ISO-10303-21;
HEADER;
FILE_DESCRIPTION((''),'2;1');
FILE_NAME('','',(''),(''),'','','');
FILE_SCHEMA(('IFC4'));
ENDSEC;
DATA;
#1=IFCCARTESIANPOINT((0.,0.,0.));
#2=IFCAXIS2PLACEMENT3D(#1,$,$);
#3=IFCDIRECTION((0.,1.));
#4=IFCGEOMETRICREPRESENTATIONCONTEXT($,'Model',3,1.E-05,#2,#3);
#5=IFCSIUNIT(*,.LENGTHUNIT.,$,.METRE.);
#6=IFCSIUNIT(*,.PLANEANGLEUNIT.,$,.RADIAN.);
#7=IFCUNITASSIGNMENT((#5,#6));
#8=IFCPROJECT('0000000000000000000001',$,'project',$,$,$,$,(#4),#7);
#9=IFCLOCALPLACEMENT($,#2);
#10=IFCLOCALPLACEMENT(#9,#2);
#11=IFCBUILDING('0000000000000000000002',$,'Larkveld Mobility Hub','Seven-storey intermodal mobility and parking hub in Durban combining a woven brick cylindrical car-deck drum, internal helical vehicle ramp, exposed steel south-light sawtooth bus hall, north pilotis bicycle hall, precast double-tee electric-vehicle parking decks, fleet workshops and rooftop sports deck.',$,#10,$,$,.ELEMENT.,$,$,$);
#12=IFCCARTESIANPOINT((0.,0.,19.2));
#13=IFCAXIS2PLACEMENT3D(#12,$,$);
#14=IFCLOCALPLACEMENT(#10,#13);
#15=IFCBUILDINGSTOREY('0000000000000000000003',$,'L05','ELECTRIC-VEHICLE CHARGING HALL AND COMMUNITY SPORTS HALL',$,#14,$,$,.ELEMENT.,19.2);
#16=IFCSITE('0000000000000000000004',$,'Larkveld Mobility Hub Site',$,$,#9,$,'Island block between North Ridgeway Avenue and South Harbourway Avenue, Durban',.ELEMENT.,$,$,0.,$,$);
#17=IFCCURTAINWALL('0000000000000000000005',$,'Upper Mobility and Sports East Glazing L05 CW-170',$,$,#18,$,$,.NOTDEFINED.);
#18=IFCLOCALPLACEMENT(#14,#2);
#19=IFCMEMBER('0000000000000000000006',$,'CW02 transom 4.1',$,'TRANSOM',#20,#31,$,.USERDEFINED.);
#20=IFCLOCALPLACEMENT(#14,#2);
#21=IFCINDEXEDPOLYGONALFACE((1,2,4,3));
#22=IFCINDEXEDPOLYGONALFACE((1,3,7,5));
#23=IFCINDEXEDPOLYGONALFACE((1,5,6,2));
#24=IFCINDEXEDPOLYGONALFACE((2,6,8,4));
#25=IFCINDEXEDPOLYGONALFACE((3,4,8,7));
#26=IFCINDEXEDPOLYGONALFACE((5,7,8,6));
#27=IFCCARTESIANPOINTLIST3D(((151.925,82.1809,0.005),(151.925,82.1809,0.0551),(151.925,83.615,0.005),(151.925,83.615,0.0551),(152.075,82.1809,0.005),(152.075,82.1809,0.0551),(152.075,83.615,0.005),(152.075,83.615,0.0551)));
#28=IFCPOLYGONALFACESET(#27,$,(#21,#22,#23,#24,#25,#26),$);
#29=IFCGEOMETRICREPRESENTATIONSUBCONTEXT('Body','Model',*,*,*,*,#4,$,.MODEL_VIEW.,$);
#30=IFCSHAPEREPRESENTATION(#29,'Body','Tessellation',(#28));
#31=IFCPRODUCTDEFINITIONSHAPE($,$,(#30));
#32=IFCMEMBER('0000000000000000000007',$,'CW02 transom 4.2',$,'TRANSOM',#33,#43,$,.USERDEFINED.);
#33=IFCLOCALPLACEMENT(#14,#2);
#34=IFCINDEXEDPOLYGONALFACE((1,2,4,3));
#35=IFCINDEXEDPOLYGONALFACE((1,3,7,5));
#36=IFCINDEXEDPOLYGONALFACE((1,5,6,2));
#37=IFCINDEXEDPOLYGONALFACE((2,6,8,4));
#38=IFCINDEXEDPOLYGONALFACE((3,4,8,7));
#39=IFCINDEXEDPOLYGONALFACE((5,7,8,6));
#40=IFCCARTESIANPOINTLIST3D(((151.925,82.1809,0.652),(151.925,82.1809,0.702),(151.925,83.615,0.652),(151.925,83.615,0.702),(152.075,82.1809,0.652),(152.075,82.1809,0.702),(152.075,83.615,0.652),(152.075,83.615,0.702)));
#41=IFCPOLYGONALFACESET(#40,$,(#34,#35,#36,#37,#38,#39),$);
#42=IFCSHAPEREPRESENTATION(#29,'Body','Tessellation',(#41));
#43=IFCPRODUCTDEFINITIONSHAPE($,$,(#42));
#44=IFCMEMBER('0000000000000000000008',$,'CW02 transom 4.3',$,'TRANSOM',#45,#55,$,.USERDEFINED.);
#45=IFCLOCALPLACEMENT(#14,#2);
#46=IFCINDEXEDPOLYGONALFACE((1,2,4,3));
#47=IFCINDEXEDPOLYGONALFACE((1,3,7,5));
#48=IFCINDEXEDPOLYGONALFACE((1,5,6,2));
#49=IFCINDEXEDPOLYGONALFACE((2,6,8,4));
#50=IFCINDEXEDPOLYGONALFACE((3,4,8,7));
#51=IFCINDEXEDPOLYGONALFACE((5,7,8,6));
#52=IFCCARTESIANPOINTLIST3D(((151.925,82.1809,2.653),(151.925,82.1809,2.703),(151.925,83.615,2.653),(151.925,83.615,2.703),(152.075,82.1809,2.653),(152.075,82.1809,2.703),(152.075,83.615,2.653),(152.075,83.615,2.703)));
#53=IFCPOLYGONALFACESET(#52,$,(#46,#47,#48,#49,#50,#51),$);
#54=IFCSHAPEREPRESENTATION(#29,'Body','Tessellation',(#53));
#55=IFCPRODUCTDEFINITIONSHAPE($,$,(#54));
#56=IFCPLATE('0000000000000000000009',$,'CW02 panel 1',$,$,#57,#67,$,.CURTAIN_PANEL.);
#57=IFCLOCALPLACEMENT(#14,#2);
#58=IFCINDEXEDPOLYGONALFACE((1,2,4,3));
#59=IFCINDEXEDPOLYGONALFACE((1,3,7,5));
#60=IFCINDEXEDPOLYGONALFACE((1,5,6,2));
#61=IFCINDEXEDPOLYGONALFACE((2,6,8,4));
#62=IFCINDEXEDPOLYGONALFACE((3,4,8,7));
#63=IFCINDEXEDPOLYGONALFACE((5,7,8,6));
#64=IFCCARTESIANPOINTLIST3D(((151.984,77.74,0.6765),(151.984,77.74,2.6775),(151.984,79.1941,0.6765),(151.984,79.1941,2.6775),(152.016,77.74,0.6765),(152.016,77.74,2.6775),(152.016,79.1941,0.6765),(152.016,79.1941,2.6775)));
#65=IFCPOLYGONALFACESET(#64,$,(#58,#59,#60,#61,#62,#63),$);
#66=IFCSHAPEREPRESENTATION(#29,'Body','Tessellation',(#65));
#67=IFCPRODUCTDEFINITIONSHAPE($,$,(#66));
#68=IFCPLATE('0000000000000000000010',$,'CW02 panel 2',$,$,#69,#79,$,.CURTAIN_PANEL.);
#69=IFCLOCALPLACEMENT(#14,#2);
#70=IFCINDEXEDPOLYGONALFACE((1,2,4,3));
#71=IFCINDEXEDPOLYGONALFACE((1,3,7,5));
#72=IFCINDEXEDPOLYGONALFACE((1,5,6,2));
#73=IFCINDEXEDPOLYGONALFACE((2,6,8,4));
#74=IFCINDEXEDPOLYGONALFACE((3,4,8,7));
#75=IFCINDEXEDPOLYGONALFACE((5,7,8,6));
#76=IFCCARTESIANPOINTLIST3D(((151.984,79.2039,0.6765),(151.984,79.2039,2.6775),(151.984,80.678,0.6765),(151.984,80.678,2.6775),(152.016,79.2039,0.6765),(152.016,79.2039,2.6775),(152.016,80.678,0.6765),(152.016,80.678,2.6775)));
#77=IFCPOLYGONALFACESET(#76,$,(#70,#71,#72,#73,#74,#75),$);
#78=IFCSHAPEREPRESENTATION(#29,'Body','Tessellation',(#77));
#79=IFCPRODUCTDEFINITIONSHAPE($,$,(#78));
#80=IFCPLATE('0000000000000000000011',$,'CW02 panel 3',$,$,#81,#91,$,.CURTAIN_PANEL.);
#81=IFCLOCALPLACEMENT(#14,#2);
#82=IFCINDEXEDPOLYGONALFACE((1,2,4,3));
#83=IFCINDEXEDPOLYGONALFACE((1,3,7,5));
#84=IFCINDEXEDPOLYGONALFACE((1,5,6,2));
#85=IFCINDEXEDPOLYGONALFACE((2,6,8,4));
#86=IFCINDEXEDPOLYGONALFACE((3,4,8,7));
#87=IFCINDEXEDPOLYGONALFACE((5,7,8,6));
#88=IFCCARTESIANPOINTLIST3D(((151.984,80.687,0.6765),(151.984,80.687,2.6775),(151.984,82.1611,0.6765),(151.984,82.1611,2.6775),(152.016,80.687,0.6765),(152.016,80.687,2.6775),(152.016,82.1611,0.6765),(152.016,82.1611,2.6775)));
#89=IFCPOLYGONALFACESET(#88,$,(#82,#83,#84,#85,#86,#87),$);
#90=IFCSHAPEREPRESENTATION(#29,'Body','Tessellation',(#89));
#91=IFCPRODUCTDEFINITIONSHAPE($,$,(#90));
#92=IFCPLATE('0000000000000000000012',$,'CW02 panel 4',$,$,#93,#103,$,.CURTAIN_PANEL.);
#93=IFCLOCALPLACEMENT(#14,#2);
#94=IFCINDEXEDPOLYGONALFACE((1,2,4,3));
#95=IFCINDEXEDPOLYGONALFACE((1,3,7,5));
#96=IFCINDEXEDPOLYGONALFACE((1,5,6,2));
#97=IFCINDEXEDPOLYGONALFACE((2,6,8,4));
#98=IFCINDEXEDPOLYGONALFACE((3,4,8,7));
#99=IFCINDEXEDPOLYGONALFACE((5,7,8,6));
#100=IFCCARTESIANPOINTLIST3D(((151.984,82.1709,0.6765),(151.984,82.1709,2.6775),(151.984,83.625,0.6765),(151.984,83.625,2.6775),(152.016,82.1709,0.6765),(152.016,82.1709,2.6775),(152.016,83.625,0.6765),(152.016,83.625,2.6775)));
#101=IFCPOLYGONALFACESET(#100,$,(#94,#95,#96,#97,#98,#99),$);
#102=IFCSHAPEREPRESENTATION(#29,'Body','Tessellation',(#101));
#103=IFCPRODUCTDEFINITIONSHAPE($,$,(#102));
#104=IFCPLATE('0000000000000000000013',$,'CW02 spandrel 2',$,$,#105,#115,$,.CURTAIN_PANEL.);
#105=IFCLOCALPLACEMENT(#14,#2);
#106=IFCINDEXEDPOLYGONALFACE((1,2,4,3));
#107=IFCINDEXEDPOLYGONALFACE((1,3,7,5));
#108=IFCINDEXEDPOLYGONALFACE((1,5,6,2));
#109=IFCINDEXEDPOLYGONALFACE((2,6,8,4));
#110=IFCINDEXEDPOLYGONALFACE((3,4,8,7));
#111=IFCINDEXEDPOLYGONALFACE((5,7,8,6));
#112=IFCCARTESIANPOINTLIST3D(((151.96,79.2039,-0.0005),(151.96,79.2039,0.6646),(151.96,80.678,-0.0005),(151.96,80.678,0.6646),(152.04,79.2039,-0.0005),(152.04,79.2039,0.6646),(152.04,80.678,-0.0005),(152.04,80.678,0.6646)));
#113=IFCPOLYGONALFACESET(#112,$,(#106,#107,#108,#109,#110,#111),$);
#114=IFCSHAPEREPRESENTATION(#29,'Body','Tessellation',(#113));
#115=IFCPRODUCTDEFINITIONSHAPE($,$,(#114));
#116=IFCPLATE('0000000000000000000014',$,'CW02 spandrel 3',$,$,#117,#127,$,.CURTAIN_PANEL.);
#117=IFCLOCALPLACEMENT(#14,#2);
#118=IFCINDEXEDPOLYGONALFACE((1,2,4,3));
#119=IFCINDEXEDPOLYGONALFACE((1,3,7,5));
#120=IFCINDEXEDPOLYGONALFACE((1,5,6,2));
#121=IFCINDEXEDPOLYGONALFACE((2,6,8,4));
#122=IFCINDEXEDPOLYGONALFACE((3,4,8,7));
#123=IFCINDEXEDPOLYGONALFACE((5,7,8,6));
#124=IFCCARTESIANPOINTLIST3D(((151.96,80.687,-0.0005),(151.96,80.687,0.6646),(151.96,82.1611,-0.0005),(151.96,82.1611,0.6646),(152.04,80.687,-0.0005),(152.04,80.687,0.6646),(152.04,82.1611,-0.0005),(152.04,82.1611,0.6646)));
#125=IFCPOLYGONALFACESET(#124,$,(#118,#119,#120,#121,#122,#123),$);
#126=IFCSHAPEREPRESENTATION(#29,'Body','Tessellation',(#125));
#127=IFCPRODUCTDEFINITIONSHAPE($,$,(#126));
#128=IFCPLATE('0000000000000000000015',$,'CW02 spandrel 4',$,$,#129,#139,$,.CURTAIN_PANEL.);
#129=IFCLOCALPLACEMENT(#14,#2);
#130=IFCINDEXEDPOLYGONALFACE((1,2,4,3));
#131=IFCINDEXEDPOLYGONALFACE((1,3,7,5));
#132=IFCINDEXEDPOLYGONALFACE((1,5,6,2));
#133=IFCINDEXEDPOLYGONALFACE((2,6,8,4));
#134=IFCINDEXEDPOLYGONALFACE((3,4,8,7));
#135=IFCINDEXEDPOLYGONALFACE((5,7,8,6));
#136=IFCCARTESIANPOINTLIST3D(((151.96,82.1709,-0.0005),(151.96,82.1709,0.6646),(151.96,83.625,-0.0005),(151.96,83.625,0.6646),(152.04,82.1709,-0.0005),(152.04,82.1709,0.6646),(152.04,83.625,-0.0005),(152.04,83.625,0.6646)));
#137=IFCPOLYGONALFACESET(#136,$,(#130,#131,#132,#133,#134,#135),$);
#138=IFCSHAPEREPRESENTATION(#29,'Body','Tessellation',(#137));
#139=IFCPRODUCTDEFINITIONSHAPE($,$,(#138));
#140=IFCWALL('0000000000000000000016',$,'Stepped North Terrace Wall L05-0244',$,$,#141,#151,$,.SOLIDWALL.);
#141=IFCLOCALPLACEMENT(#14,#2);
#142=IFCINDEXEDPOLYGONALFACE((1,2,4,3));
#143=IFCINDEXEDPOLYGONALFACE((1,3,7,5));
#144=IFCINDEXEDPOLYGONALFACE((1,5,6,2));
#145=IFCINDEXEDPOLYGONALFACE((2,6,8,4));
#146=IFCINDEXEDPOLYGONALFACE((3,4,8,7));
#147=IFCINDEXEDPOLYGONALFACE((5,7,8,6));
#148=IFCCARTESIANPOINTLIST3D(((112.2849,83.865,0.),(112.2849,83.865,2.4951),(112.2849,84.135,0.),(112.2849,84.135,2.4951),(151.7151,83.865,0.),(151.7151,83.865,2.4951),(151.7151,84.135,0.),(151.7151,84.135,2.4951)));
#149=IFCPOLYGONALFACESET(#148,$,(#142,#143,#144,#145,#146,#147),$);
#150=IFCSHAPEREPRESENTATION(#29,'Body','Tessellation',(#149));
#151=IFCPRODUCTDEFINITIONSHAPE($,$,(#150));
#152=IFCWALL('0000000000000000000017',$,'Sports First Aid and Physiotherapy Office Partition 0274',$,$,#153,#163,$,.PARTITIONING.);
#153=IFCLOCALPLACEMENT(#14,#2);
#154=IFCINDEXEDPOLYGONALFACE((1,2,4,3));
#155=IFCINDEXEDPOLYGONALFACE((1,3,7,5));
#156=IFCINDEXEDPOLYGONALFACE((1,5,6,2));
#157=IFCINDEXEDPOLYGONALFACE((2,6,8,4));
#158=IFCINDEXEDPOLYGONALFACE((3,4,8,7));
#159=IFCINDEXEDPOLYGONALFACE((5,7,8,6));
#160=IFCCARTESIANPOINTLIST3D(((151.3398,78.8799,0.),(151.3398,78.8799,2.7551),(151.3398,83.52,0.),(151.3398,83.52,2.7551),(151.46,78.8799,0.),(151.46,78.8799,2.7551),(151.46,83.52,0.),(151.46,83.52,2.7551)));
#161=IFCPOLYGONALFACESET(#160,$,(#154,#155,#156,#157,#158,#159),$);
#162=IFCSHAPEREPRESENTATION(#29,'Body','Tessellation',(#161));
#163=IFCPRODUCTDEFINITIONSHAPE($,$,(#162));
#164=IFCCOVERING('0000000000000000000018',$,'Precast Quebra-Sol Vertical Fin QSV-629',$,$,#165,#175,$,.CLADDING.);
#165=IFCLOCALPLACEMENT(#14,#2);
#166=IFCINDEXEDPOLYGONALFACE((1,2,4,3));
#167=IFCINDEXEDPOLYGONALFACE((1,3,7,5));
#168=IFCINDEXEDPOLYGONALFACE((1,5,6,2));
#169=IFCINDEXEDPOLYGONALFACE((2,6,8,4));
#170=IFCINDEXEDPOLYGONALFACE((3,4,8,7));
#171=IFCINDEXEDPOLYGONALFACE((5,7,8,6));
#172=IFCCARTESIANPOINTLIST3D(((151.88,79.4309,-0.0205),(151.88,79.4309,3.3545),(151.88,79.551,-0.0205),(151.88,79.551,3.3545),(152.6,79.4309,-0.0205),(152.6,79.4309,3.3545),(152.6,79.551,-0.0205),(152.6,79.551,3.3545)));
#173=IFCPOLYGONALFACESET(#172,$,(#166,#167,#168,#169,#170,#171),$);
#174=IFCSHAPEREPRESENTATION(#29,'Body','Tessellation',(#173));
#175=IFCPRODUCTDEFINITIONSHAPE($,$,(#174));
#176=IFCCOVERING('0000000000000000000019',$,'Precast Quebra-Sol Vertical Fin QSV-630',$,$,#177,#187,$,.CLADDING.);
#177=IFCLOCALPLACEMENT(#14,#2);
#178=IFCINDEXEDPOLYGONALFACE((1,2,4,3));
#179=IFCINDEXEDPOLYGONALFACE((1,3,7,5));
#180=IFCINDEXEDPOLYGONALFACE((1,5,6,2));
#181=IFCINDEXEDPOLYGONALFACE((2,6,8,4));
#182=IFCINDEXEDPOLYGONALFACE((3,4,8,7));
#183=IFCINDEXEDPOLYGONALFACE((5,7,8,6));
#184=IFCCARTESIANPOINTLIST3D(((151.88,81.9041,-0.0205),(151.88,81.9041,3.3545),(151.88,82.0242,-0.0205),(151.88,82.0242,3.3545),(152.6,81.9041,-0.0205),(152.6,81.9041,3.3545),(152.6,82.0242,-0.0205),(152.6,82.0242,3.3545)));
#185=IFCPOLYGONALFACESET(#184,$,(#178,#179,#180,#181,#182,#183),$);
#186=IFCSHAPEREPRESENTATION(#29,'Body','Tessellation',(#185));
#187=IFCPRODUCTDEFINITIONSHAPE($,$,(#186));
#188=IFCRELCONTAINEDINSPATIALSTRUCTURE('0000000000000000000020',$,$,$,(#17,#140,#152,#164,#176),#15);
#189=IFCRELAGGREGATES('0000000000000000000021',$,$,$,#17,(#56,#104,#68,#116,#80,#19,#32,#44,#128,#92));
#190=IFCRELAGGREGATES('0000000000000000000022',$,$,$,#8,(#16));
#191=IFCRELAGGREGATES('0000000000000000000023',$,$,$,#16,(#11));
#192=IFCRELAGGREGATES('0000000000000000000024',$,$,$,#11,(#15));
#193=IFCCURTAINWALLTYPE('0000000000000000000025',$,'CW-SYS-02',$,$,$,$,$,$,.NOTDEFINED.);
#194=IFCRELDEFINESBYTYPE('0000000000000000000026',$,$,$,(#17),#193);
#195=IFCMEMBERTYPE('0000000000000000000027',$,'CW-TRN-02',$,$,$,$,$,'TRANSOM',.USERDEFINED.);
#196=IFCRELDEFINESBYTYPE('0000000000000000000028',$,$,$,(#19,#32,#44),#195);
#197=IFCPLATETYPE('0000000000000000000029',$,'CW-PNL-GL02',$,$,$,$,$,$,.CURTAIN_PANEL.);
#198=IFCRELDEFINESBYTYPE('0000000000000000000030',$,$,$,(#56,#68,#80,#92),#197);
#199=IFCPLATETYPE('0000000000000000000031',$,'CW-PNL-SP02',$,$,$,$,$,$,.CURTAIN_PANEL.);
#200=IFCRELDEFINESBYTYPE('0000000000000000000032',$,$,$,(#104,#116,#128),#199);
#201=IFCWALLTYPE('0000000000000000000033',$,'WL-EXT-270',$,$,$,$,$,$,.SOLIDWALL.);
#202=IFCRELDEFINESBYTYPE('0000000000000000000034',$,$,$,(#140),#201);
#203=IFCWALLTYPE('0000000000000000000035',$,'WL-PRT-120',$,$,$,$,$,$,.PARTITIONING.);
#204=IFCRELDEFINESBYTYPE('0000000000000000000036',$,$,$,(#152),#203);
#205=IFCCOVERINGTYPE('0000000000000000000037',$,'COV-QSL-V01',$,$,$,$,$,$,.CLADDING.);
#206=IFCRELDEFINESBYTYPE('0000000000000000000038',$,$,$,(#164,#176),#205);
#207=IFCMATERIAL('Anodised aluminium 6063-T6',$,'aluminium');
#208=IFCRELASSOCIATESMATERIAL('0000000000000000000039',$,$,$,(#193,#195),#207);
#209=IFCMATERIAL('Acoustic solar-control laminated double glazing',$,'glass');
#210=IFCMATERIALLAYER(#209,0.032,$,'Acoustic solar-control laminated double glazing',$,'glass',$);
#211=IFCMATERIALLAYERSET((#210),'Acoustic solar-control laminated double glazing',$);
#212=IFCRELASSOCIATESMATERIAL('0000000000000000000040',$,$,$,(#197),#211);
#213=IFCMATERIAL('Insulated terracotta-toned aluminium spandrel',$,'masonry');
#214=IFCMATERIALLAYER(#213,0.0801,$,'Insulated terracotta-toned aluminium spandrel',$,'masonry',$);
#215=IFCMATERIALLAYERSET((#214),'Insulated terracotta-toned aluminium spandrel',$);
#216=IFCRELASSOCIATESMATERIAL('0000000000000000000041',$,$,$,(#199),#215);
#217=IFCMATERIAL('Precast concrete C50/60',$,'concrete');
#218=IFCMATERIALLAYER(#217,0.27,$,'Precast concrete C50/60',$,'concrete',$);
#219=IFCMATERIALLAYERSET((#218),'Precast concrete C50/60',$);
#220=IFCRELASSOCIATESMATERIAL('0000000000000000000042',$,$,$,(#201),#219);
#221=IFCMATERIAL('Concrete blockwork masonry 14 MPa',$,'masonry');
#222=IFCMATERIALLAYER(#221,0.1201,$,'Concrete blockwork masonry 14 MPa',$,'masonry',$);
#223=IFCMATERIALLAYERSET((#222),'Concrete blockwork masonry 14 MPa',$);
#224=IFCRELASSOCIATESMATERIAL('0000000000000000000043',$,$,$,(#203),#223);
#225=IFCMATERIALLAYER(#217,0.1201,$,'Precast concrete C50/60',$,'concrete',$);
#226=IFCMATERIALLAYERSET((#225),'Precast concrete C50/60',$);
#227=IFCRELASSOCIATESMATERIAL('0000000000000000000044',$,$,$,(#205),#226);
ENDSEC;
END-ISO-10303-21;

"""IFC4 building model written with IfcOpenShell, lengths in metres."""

from ifc_helpers import new_model, si_unit, direction, frame, frame_2d, origin, origin_2d, place, context, subcontext, project, spatial, rectangle, extrude, material, layer, layer_set, material_profile, profile_set, type_object, element, aggregate, save


model = new_model("IFC4")

# Units and contexts
model_context = context("Model", 3, precision=1e-05, world=origin(), true_north=direction((0.0, 1.0)))
body_context = subcontext(model_context, "Body", "Model", "MODEL_VIEW")
ifc_project = project(units=[si_unit("LENGTHUNIT", "METRE"), si_unit("PLANEANGLEUNIT", "RADIAN")], contexts=[model_context])

# Site, building, storey
site_placement = place(None, origin())
site = spatial("IfcSite", under=ifc_project, at=site_placement, Name="Larkveld Mobility Hub Site", LongName="Island block between North Ridgeway Avenue and South Harbourway Avenue, Durban", CompositionType="ELEMENT", RefElevation=0.0)
building_placement = place(site_placement, origin())
building = spatial("IfcBuilding", under=site, at=building_placement, Name="Larkveld Mobility Hub", Description="Seven-storey intermodal mobility and parking hub in Durban combining a woven brick cylindrical car-deck drum, internal helical vehicle ramp, exposed steel south-light sawtooth bus hall, north pilotis bicycle hall, precast double-tee electric-vehicle parking decks, fleet workshops and rooftop sports deck.", CompositionType="ELEMENT")
storey_placement = place(building_placement, frame((0.0, 0.0, 19.2)))
storey = spatial("IfcBuildingStorey", under=building, at=storey_placement, Name="L05", Description="ELECTRIC-VEHICLE CHARGING HALL AND COMMUNITY SPORTS HALL", CompositionType="ELEMENT", Elevation=19.2)

# Curtain wall, members, plates
ifc_material_1 = material(Name="Anodised aluminium 6063-T6", Category="aluminium")
curtain_wall_type = type_object("IfcCurtainWallType", Name="CW-SYS-02", PredefinedType="NOTDEFINED", material=ifc_material_1)
curtain_wall_placement = place(storey_placement, origin())
curtain_wall = element("IfcCurtainWall", 1, at=curtain_wall_placement, inside=storey, type_object=curtain_wall_type, Name="Upper Mobility and Sports East Glazing L05 CW-170", PredefinedType="NOTDEFINED")
ifc_material_profile_1 = material_profile(ifc_material_1, rectangle(XDim=0.1499, YDim=0.05, at=origin_2d()), Name="ALU TRAN 50x150")
ifc_profile_set_1 = profile_set([ifc_material_profile_1], Name="Anodised aluminium 6063-T6")
member_type_1 = type_object("IfcMemberType", Name="CW-TRN-02", ElementType="TRANSOM", PredefinedType="USERDEFINED", material=ifc_profile_set_1)
member_1_placement = place(storey_placement, frame((152.0, 82.1809, 0.03), z_axis=(0.0, 1.0, 0.0), x_axis=(-1.0, 0.0, 0.0)))
member_1 = element("IfcMember", 2, at=member_1_placement, type_object=member_type_1, Name="CW02 transom 4.1", ObjectType="TRANSOM", PredefinedType="USERDEFINED", context=body_context, shape_type="SweptSolid", body=[
    extrude(rectangle(XDim=0.1499, YDim=0.05, at=origin_2d()), origin(), (0.0, 0.0, 1.0), 1.4341),
])
member_2_placement = place(storey_placement, frame((152.0, 82.1809, 0.677), z_axis=(0.0, 1.0, 0.0), x_axis=(-1.0, 0.0, 0.0)))
member_2 = element("IfcMember", 3, at=member_2_placement, type_object=member_type_1, Name="CW02 transom 4.2", ObjectType="TRANSOM", PredefinedType="USERDEFINED", context=body_context, shape_type="SweptSolid", body=[
    extrude(rectangle(XDim=0.1499, YDim=0.05, at=origin_2d()), origin(), (0.0, 0.0, 1.0), 1.4341),
])
member_3_placement = place(storey_placement, frame((152.0, 82.1809, 2.678), z_axis=(0.0, 1.0, 0.0), x_axis=(-1.0, 0.0, 0.0)))
member_3 = element("IfcMember", 4, at=member_3_placement, type_object=member_type_1, Name="CW02 transom 4.3", ObjectType="TRANSOM", PredefinedType="USERDEFINED", context=body_context, shape_type="SweptSolid", body=[
    extrude(rectangle(XDim=0.1499, YDim=0.05, at=origin_2d()), origin(), (0.0, 0.0, 1.0), 1.4341),
])
ifc_material_2 = material(Name="Acoustic solar-control laminated double glazing", Category="glass")
ifc_layer_1 = layer(ifc_material_2, 0.032, Name="Acoustic solar-control laminated double glazing", Category="glass")
ifc_layer_set_1 = layer_set([ifc_layer_1], Name="Acoustic solar-control laminated double glazing")
plate_type_1 = type_object("IfcPlateType", Name="CW-PNL-GL02", PredefinedType="CURTAIN_PANEL", material=ifc_layer_set_1)
plate_1_placement = place(storey_placement, frame((152.0, 78.467, 0.6765), z_axis=(0.0, 0.0, 1.0), x_axis=(0.0, 1.0, 0.0)))
plate_1 = element("IfcPlate", 5, at=plate_1_placement, type_object=plate_type_1, Name="CW02 panel 1", PredefinedType="CURTAIN_PANEL", context=body_context, shape_type="SweptSolid", body=[
    extrude(rectangle(XDim=1.4541, YDim=0.032, at=origin_2d()), origin(), (0.0, 0.0, 1.0), 2.001),
])
plate_2_placement = place(storey_placement, frame((152.0, 79.9409, 0.6765), z_axis=(0.0, 0.0, 1.0), x_axis=(0.0, 1.0, 0.0)))
plate_2 = element("IfcPlate", 6, at=plate_2_placement, type_object=plate_type_1, Name="CW02 panel 2", PredefinedType="CURTAIN_PANEL", context=body_context, shape_type="SweptSolid", body=[
    extrude(rectangle(XDim=1.4741, YDim=0.032, at=origin_2d()), origin(), (0.0, 0.0, 1.0), 2.001),
])
plate_3_placement = place(storey_placement, frame((152.0, 81.4241, 0.6765), z_axis=(0.0, 0.0, 1.0), x_axis=(0.0, 1.0, 0.0)))
plate_3 = element("IfcPlate", 7, at=plate_3_placement, type_object=plate_type_1, Name="CW02 panel 3", PredefinedType="CURTAIN_PANEL", context=body_context, shape_type="SweptSolid", body=[
    extrude(rectangle(XDim=1.4741, YDim=0.032, at=origin_2d()), origin(), (0.0, 0.0, 1.0), 2.001),
])
plate_4_placement = place(storey_placement, frame((152.0, 82.8979, 0.6765), z_axis=(0.0, 0.0, 1.0), x_axis=(0.0, 1.0, 0.0)))
plate_4 = element("IfcPlate", 8, at=plate_4_placement, type_object=plate_type_1, Name="CW02 panel 4", PredefinedType="CURTAIN_PANEL", context=body_context, shape_type="SweptSolid", body=[
    extrude(rectangle(XDim=1.4541, YDim=0.032, at=origin_2d()), origin(), (0.0, 0.0, 1.0), 2.001),
])
ifc_material_3 = material(Name="Insulated terracotta-toned aluminium spandrel", Category="masonry")
ifc_layer_2 = layer(ifc_material_3, 0.0801, Name="Insulated terracotta-toned aluminium spandrel", Category="masonry")
ifc_layer_set_2 = layer_set([ifc_layer_2], Name="Insulated terracotta-toned aluminium spandrel")
plate_type_2 = type_object("IfcPlateType", Name="CW-PNL-SP02", PredefinedType="CURTAIN_PANEL", material=ifc_layer_set_2)
plate_5_placement = place(storey_placement, frame((152.0, 79.9409, -0.0005), z_axis=(0.0, 0.0, 1.0), x_axis=(0.0, 1.0, 0.0)))
plate_5 = element("IfcPlate", 9, at=plate_5_placement, type_object=plate_type_2, Name="CW02 spandrel 2", PredefinedType="CURTAIN_PANEL", context=body_context, shape_type="SweptSolid", body=[
    extrude(rectangle(XDim=1.4741, YDim=0.0801, at=origin_2d()), origin(), (0.0, 0.0, 1.0), 0.665),
])
plate_6_placement = place(storey_placement, frame((152.0, 81.4241, -0.0005), z_axis=(0.0, 0.0, 1.0), x_axis=(0.0, 1.0, 0.0)))
plate_6 = element("IfcPlate", 10, at=plate_6_placement, type_object=plate_type_2, Name="CW02 spandrel 3", PredefinedType="CURTAIN_PANEL", context=body_context, shape_type="SweptSolid", body=[
    extrude(rectangle(XDim=1.4741, YDim=0.0801, at=origin_2d()), origin(), (0.0, 0.0, 1.0), 0.665),
])
plate_7_placement = place(storey_placement, frame((152.0, 82.8979, -0.0005), z_axis=(0.0, 0.0, 1.0), x_axis=(0.0, 1.0, 0.0)))
plate_7 = element("IfcPlate", 11, at=plate_7_placement, type_object=plate_type_2, Name="CW02 spandrel 4", PredefinedType="CURTAIN_PANEL", context=body_context, shape_type="SweptSolid", body=[
    extrude(rectangle(XDim=1.4541, YDim=0.0801, at=origin_2d()), origin(), (0.0, 0.0, 1.0), 0.665),
])
aggregate(curtain_wall, [plate_1, plate_5, plate_2, plate_6, plate_3, member_1, member_2, member_3, plate_7, plate_4])

# Walls
ifc_material_4 = material(Name="Precast concrete C50/60", Category="concrete")
ifc_layer_3 = layer(ifc_material_4, 0.27, Name="Precast concrete C50/60", Category="concrete")
ifc_layer_set_3 = layer_set([ifc_layer_3], Name="Precast concrete C50/60")
wall_type_1 = type_object("IfcWallType", Name="WL-EXT-270", PredefinedType="SOLIDWALL", material=ifc_layer_set_3)
wall_1_placement = place(storey_placement, frame((151.7151, 84.0, 0.0), z_axis=(0.0, 0.0, 1.0), x_axis=(-1.0, 0.0, 0.0)))
element("IfcWall", 12, at=wall_1_placement, inside=storey, type_object=wall_type_1, Name="Stepped North Terrace Wall L05-0244", PredefinedType="SOLIDWALL", context=body_context, shape_type="SweptSolid", body=[
    extrude(rectangle(XDim=39.4302, YDim=0.27, at=frame_2d((19.7151, 0.0))), origin(), (0.0, 0.0, 1.0), 2.4951),
])
ifc_material_5 = material(Name="Concrete blockwork masonry 14 MPa", Category="masonry")
ifc_layer_4 = layer(ifc_material_5, 0.1201, Name="Concrete blockwork masonry 14 MPa", Category="masonry")
ifc_layer_set_4 = layer_set([ifc_layer_4], Name="Concrete blockwork masonry 14 MPa")
wall_type_2 = type_object("IfcWallType", Name="WL-PRT-120", PredefinedType="PARTITIONING", material=ifc_layer_set_4)
wall_2_placement = place(storey_placement, frame((151.3999, 78.8799, 0.0), z_axis=(0.0, 0.0, 1.0), x_axis=(0.0, 1.0, 0.0)))
element("IfcWall", 13, at=wall_2_placement, inside=storey, type_object=wall_type_2, Name="Sports First Aid and Physiotherapy Office Partition 0274", PredefinedType="PARTITIONING", context=body_context, shape_type="SweptSolid", body=[
    extrude(rectangle(XDim=4.6401, YDim=0.1201, at=frame_2d((2.3201, 0.0))), origin(), (0.0, 0.0, 1.0), 2.7551),
])

# Coverings
ifc_layer_5 = layer(ifc_material_4, 0.1201, Name="Precast concrete C50/60", Category="concrete")
ifc_layer_set_5 = layer_set([ifc_layer_5], Name="Precast concrete C50/60")
covering_type = type_object("IfcCoveringType", Name="COV-QSL-V01", PredefinedType="CLADDING", material=ifc_layer_set_5)
for number, where, z_axis, x_axis, name in (
    (14, (152.24, 79.491, -0.0205), (0.0, 0.0, 1.0), (0.0, 1.0, 0.0), "Precast Quebra-Sol Vertical Fin QSV-629"),
    (15, (152.24, 81.9641, -0.0205), (0.0, 0.0, 1.0), (0.0, 1.0, 0.0), "Precast Quebra-Sol Vertical Fin QSV-630"),
):
    element("IfcCovering", number, at=place(storey_placement, frame(where, z_axis=z_axis, x_axis=x_axis)), inside=storey, type_object=covering_type, Name=name, PredefinedType="CLADDING", context=body_context, shape_type="SweptSolid", body=[
        extrude(rectangle(XDim=0.1201, YDim=0.72, at=origin_2d()), origin(), (0.0, 0.0, 1.0), 3.375),
    ])

save(model, "model.ifc")
